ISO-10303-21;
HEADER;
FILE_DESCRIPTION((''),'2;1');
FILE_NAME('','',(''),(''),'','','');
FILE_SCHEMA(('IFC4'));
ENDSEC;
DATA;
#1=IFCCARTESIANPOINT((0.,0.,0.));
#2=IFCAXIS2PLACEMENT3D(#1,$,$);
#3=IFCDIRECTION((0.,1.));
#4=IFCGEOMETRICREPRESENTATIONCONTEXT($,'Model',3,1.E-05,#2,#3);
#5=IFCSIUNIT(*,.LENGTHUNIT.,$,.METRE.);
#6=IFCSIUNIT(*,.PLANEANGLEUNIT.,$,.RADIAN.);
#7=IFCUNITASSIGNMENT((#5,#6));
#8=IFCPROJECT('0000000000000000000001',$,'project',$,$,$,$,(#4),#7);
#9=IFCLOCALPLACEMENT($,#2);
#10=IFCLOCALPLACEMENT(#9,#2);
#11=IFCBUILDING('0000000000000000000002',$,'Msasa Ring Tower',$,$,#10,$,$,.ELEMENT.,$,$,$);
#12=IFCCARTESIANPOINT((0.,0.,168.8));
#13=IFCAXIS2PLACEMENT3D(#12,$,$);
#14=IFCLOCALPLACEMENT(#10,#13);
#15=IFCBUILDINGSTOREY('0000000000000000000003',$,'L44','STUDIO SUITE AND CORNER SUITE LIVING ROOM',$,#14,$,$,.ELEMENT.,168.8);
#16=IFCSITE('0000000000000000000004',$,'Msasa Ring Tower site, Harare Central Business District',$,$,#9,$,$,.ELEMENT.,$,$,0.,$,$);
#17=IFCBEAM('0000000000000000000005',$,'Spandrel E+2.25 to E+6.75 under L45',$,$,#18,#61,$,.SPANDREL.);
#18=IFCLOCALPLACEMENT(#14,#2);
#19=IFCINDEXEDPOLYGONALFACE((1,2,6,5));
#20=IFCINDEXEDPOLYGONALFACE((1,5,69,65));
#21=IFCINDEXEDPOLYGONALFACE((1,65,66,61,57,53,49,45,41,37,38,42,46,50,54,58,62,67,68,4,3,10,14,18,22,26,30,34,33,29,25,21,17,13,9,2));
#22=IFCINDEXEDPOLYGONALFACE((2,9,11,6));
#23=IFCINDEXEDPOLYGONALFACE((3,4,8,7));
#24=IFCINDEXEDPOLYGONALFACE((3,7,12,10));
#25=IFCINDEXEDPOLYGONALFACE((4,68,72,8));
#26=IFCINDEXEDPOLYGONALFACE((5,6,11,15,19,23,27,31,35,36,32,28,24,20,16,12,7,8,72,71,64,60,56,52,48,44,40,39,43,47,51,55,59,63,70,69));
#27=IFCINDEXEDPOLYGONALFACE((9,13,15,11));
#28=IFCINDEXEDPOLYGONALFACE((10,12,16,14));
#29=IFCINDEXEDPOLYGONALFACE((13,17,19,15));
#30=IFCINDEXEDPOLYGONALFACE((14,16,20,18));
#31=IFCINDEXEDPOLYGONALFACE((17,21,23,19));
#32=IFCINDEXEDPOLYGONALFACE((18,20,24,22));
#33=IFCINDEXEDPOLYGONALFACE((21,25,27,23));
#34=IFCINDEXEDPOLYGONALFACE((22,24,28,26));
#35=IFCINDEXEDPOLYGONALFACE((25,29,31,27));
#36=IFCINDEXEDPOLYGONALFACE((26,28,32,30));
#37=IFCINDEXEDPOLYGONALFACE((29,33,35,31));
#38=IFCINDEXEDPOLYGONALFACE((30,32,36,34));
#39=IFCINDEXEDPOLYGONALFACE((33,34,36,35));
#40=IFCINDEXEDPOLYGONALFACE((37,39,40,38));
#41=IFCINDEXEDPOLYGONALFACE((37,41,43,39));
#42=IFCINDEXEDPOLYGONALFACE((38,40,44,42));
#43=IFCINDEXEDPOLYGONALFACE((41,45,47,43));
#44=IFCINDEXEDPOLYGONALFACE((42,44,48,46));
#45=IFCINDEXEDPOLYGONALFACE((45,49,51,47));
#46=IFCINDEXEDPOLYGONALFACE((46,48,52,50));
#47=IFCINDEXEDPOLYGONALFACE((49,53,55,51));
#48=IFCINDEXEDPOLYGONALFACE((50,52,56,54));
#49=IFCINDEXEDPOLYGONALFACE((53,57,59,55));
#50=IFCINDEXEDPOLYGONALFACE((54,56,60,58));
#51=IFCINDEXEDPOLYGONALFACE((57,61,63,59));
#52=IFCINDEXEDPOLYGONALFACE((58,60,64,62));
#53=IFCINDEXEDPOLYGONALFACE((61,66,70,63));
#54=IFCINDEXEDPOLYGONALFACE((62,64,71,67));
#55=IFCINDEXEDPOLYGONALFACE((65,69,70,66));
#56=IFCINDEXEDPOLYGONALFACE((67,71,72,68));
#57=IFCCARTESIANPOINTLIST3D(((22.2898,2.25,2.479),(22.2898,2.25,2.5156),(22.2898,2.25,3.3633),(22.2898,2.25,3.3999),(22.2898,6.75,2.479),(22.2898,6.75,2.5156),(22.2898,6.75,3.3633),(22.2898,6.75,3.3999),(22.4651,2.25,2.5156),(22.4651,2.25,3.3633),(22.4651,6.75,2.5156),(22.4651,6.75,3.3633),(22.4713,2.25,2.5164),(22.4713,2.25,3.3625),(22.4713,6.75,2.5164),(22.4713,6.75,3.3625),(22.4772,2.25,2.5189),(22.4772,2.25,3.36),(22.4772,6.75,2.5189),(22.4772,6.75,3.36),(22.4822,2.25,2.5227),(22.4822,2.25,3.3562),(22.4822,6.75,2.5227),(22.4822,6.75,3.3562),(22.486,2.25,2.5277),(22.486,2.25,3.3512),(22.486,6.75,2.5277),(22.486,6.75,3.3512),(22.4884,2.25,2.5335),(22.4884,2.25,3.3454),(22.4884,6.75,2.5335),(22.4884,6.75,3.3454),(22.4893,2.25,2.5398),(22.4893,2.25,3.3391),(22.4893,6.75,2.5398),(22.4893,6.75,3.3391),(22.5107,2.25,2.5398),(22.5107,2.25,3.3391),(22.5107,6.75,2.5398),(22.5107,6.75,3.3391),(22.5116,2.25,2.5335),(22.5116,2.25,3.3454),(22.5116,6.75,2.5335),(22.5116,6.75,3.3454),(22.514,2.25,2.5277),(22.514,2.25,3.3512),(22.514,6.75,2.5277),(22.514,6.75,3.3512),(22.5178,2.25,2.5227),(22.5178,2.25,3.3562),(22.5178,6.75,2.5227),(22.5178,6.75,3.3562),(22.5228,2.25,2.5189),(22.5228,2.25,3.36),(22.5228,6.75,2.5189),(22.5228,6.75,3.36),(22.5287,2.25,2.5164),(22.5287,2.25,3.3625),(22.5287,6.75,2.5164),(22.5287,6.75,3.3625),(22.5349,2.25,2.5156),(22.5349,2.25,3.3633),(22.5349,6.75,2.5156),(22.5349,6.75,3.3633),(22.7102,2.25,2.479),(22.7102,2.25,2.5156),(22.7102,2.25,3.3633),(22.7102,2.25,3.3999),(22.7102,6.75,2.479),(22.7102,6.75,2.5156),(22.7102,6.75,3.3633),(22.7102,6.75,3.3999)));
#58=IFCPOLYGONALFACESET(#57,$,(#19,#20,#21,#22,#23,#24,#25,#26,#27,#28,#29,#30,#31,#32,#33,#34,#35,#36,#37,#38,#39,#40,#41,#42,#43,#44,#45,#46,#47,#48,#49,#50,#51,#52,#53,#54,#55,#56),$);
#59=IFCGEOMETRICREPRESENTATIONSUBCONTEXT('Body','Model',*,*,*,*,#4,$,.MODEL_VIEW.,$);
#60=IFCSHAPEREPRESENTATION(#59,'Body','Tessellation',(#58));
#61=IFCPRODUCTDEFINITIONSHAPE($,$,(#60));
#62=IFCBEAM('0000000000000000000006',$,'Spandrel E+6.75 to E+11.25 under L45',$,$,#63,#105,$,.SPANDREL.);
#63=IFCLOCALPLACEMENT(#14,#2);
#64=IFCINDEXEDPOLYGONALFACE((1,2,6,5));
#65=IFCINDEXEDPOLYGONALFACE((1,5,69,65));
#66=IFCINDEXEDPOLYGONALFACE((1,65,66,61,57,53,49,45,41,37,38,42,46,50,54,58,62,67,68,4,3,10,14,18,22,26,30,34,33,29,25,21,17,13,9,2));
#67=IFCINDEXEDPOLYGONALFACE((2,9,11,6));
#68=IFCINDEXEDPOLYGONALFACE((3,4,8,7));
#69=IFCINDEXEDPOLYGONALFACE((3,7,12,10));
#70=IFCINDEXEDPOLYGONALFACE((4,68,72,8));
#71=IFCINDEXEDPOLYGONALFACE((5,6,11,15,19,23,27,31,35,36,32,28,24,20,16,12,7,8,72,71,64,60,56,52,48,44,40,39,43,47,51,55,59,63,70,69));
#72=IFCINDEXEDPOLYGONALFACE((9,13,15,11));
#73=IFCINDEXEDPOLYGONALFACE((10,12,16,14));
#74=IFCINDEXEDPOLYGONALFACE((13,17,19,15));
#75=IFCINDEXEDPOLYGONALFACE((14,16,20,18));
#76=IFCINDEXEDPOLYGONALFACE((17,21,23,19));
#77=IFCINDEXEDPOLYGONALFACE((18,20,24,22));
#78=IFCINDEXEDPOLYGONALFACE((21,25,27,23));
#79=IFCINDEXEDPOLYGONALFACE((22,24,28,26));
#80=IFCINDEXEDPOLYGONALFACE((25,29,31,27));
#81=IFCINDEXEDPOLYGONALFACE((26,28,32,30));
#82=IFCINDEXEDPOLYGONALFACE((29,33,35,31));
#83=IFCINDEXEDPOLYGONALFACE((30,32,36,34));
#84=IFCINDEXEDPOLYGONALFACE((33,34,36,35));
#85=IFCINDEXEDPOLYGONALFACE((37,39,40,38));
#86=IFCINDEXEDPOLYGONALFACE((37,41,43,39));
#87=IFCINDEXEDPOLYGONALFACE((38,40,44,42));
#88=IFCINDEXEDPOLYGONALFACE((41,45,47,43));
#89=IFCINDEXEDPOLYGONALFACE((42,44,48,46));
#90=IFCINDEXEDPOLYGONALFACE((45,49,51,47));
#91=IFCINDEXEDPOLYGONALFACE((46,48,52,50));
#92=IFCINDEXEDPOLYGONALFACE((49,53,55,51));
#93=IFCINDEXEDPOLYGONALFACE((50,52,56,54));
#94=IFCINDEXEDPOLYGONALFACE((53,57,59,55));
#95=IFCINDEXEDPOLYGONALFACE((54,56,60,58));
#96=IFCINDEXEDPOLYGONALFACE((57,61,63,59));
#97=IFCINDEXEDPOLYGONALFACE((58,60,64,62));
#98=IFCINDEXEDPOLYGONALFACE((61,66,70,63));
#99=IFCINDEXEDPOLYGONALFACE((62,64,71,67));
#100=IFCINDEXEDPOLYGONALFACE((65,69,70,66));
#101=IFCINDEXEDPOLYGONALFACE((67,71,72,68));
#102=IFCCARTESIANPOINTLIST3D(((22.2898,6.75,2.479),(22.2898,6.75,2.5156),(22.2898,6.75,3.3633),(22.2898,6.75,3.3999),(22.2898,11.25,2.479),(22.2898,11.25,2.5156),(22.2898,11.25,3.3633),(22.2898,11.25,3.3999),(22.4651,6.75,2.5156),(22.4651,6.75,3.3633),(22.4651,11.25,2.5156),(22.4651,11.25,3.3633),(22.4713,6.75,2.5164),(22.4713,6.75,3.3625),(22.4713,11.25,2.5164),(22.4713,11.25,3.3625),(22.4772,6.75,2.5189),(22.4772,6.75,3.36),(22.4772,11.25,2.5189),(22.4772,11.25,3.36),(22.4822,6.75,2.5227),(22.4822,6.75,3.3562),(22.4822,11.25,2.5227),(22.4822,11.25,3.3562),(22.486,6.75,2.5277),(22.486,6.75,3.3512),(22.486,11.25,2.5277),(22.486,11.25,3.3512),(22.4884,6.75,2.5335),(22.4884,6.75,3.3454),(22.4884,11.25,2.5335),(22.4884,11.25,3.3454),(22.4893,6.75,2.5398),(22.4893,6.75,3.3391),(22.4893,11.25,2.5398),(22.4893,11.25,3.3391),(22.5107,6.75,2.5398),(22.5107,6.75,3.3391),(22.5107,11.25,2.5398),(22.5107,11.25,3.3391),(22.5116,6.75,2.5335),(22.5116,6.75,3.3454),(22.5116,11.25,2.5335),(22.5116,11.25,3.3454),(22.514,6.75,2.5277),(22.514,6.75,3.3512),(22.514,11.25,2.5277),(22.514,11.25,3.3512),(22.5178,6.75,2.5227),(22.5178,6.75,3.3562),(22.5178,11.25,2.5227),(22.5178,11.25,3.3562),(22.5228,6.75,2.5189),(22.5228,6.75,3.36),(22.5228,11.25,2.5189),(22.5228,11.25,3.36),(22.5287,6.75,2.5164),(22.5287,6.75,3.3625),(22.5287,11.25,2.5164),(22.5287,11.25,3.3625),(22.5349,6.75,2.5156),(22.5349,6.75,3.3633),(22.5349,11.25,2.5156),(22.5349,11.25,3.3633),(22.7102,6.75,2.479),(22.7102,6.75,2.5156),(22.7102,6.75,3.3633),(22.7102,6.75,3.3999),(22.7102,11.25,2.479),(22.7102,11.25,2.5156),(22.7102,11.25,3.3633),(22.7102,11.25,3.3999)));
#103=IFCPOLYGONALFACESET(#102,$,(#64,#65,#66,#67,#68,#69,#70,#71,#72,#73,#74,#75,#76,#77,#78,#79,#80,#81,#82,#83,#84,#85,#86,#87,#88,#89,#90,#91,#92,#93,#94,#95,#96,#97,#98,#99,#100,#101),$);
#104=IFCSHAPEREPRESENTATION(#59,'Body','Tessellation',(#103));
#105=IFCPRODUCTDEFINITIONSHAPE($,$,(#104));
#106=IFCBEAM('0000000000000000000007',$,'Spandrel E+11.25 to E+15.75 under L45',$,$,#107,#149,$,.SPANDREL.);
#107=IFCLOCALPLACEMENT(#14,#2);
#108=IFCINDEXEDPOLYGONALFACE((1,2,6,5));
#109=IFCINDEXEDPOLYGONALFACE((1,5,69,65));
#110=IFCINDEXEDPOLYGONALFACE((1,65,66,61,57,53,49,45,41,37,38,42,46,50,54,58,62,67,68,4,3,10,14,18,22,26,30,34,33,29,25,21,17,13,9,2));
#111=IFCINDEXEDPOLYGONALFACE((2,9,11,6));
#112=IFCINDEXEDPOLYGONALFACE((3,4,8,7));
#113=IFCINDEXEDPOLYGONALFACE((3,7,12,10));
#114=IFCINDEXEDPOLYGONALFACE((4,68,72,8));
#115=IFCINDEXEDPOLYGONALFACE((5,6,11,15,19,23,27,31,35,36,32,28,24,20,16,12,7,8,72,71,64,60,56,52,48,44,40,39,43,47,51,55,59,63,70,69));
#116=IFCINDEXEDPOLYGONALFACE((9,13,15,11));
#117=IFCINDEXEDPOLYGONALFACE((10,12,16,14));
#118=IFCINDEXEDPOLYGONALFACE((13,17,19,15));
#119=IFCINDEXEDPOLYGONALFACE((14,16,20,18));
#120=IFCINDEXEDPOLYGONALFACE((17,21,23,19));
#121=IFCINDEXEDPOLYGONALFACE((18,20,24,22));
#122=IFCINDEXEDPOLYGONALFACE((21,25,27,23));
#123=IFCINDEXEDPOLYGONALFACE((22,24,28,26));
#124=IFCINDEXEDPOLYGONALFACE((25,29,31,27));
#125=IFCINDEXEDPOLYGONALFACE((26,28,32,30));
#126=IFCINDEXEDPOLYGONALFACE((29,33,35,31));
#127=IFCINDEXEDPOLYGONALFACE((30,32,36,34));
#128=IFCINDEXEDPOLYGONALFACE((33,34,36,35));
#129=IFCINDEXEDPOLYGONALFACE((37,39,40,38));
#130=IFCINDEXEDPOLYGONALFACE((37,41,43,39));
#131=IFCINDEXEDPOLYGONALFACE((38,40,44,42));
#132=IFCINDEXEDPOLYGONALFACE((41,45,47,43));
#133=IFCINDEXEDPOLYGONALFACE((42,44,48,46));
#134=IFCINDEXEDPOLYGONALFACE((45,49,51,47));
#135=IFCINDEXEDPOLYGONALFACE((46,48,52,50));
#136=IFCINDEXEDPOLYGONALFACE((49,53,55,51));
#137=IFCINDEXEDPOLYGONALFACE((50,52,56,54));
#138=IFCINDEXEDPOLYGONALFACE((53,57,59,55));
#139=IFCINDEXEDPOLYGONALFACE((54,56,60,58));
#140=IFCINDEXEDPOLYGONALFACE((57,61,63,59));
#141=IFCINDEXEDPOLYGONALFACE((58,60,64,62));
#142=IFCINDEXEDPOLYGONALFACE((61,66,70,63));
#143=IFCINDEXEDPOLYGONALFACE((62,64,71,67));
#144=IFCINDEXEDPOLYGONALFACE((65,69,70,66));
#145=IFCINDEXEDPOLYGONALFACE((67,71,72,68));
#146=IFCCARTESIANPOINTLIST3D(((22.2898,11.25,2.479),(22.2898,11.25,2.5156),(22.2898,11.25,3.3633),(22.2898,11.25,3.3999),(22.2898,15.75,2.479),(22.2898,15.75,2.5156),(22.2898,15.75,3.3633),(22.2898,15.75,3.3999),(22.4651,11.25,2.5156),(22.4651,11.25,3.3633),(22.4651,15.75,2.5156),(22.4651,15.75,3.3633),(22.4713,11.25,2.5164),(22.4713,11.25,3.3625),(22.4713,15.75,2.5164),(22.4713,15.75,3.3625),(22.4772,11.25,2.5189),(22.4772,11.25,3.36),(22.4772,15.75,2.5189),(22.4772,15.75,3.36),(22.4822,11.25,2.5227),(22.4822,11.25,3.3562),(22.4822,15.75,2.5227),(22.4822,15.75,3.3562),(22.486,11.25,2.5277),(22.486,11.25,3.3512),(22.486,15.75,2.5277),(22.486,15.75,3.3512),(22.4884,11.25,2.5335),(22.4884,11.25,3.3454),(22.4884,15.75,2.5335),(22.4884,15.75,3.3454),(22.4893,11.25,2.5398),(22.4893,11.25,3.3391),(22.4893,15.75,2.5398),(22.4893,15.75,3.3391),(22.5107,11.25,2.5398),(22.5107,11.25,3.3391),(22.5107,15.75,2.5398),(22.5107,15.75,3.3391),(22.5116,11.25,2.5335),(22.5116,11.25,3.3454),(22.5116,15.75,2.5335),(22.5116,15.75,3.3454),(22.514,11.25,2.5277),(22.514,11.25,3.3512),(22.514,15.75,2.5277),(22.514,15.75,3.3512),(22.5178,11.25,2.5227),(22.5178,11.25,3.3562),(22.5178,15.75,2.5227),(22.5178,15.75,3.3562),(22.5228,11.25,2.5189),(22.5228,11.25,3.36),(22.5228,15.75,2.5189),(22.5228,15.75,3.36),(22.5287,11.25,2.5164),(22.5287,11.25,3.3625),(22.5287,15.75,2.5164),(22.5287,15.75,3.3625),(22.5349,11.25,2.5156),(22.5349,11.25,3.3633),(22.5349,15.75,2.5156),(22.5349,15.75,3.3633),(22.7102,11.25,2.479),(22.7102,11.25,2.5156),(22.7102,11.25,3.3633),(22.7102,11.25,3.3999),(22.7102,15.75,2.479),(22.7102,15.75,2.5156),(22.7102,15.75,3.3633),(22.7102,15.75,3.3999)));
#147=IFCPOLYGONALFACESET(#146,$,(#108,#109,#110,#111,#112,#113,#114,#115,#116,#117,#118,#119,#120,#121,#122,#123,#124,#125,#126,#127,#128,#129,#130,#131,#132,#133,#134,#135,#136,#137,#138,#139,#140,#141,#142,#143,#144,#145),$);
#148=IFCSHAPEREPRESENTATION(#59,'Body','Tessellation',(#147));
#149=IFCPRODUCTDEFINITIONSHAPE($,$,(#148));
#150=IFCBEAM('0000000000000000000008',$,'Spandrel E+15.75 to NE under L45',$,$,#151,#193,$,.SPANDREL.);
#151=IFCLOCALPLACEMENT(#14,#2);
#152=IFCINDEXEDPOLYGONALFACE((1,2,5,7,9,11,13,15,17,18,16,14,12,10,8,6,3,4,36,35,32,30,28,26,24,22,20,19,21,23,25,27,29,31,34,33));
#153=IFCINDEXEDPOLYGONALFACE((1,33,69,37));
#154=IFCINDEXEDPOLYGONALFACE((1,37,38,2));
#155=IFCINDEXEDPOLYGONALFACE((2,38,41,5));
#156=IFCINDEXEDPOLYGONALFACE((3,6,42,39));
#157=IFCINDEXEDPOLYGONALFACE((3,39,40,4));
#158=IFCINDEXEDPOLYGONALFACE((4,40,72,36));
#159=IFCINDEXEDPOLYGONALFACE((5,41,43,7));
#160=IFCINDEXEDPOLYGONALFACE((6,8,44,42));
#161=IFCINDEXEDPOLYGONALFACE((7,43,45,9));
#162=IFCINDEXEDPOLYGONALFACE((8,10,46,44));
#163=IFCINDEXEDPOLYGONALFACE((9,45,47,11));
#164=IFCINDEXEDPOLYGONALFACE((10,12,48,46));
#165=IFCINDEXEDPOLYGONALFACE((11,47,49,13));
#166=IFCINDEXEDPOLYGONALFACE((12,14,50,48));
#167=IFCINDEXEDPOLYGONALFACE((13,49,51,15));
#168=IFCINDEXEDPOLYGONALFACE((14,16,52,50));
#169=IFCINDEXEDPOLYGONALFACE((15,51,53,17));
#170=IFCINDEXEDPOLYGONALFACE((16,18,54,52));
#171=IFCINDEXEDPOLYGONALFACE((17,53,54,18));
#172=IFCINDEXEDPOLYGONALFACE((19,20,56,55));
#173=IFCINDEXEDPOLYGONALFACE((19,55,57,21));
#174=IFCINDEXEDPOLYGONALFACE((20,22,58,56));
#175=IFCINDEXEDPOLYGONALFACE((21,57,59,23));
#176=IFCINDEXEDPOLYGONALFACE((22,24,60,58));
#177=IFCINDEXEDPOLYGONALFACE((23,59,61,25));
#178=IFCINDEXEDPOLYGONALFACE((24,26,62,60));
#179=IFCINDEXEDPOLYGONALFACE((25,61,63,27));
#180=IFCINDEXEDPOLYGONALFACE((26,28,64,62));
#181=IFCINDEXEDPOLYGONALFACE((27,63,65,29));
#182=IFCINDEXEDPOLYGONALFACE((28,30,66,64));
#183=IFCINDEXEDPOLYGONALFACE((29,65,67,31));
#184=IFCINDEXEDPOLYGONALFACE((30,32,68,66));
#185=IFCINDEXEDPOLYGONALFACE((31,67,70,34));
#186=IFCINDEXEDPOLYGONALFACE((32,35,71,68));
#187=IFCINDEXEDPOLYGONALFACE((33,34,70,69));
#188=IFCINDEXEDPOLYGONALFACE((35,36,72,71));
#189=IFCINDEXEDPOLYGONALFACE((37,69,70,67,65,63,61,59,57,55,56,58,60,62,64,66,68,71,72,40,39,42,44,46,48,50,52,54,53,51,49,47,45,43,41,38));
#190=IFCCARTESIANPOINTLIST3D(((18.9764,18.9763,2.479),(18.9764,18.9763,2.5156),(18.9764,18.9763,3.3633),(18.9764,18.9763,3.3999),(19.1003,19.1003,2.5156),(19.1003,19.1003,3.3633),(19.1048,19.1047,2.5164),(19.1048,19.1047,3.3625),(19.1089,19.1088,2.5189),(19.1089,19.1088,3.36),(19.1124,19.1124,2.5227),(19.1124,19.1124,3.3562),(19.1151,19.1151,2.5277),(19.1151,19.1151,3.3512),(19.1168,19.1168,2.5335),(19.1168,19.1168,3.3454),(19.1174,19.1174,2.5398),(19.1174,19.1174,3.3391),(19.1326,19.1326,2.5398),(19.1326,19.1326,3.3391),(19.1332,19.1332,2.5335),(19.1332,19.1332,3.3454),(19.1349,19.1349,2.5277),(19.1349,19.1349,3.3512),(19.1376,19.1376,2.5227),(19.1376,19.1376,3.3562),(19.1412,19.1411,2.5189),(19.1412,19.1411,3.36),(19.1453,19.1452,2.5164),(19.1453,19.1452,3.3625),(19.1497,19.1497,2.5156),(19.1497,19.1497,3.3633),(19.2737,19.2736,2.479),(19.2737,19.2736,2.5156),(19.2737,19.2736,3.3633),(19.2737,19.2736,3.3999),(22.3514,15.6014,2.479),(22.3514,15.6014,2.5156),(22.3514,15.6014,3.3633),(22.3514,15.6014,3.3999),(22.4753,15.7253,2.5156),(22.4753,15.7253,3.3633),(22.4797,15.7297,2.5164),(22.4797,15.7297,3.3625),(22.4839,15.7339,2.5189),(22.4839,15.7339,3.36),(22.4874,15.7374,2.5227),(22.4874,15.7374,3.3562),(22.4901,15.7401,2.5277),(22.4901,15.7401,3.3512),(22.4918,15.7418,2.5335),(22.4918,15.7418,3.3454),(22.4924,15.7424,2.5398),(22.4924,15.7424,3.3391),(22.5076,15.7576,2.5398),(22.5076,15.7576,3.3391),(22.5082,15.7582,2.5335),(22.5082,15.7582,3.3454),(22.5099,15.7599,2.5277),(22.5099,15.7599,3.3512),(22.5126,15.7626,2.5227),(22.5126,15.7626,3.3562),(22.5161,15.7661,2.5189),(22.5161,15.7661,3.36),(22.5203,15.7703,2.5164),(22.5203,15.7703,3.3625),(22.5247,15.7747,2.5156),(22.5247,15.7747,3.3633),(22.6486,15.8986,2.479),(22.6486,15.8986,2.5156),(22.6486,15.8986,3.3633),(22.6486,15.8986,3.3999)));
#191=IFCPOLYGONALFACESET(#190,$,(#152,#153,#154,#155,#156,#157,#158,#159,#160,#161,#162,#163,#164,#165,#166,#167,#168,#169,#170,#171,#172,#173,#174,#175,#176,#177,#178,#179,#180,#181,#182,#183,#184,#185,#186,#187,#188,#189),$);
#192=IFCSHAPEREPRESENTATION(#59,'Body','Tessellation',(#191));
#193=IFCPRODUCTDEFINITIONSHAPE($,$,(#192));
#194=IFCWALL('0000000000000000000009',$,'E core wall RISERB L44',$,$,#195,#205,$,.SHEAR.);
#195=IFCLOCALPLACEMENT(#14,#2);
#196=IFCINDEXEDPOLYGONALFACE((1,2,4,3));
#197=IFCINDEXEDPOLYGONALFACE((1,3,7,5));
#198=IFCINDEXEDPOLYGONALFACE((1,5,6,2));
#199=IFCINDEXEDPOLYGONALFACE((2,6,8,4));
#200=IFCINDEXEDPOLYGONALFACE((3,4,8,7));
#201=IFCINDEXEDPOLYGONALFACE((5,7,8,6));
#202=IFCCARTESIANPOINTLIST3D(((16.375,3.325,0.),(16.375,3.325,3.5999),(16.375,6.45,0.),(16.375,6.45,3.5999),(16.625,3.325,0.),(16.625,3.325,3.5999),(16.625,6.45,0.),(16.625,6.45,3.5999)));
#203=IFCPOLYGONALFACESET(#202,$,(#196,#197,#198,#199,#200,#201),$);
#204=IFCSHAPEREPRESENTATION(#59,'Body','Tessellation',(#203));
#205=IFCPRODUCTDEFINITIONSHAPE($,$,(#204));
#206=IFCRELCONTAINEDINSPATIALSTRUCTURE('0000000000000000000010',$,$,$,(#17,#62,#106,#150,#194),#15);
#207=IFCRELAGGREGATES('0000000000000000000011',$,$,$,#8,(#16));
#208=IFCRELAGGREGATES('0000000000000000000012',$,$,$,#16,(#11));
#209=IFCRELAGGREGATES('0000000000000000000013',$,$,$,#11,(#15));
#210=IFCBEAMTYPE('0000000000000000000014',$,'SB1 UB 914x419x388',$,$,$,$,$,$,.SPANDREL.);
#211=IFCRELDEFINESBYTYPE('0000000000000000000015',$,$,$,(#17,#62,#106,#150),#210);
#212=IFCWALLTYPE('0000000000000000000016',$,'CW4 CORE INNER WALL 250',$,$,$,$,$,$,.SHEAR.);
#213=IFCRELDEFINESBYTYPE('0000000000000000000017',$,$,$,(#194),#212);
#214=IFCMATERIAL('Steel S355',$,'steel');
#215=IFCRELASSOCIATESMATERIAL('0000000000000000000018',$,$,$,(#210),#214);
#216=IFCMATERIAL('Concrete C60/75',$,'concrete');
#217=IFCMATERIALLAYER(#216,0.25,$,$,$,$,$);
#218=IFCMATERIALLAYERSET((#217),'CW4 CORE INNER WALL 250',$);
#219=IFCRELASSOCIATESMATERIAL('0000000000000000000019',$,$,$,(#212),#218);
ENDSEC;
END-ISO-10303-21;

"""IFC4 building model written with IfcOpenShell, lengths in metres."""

from ifc_helpers import new_model, si_unit, direction, frame, frame_2d, origin, origin_2d, place, context, subcontext, project, spatial, rectangle, i_section, extrude, material, layer, layer_set, material_profile, profile_set, type_object, element, save


model = new_model("IFC4")

# Units and contexts
model_context = context("Model", 3, precision=1e-05, world=origin(), true_north=direction((0.0, 1.0)))
body_context = subcontext(model_context, "Body", "Model", "MODEL_VIEW")
ifc_project = project(units=[si_unit("LENGTHUNIT", "METRE"), si_unit("PLANEANGLEUNIT", "RADIAN")], contexts=[model_context])

# Site, building, storey
site_placement = place(None, origin())
site = spatial("IfcSite", under=ifc_project, at=site_placement, Name="Msasa Ring Tower site, Harare Central Business District", CompositionType="ELEMENT", RefElevation=0.0)
building_placement = place(site_placement, origin())
building = spatial("IfcBuilding", under=site, at=building_placement, Name="Msasa Ring Tower", CompositionType="ELEMENT")
storey_placement = place(building_placement, frame((0.0, 0.0, 168.8)))
storey = spatial("IfcBuildingStorey", under=building, at=storey_placement, Name="L44", Description="STUDIO SUITE AND CORNER SUITE LIVING ROOM", CompositionType="ELEMENT", Elevation=168.8)

# Beams
ifc_material_1 = material(Name="Steel S355", Category="steel")
ifc_material_profile_1 = material_profile(ifc_material_1, i_section(OverallWidth=0.4204, OverallDepth=0.9209, WebThickness=0.0215, FlangeThickness=0.0366, FilletRadius=0.0242, at=origin_2d()), Name="UB 914x419x388")
ifc_profile_set_1 = profile_set([ifc_material_profile_1], Name="Steel S355")
beam_type_1 = type_object("IfcBeamType", Name="SB1 UB 914x419x388", PredefinedType="SPANDREL", material=ifc_profile_set_1)
for number, where, z_axis, x_axis, name in (
    (1, (22.5, 2.25, 2.9395), (0.0, 1.0, 0.0), (-1.0, 0.0, 0.0), "Spandrel E+2.25 to E+6.75 under L45"),
    (2, (22.5, 6.75, 2.9395), (0.0, 1.0, 0.0), (-1.0, 0.0, 0.0), "Spandrel E+6.75 to E+11.25 under L45"),
    (3, (22.5, 11.25, 2.9395), (0.0, 1.0, 0.0), (-1.0, 0.0, 0.0), "Spandrel E+11.25 to E+15.75 under L45"),
):
    element("IfcBeam", number, at=place(storey_placement, frame(where, z_axis=z_axis, x_axis=x_axis)), inside=storey, type_object=beam_type_1, Name=name, PredefinedType="SPANDREL", context=body_context, shape_type="SweptSolid", body=[
        extrude(i_section(OverallWidth=0.4204, OverallDepth=0.9209, WebThickness=0.0215, FlangeThickness=0.0366, FilletRadius=0.0242, at=origin_2d()), origin(), (0.0, 0.0, 1.0), 4.5),
    ])
beam_1_placement = place(storey_placement, frame((22.5, 15.75, 2.9395), z_axis=(-0.707107, 0.707107, 0.0), x_axis=(-0.707107, -0.707107, 0.0)))
element("IfcBeam", 4, at=beam_1_placement, inside=storey, type_object=beam_type_1, Name="Spandrel E+15.75 to NE under L45", PredefinedType="SPANDREL", context=body_context, shape_type="SweptSolid", body=[
    extrude(i_section(OverallWidth=0.4204, OverallDepth=0.9209, WebThickness=0.0215, FlangeThickness=0.0366, FilletRadius=0.0242, at=origin_2d()), origin(), (0.0, 0.0, 1.0), 4.7729),
])

# Wall
ifc_material_2 = material(Name="Concrete C60/75", Category="concrete")
ifc_layer_1 = layer(ifc_material_2, 0.25)
ifc_layer_set_1 = layer_set([ifc_layer_1], Name="CW4 CORE INNER WALL 250")
wall_type_1 = type_object("IfcWallType", Name="CW4 CORE INNER WALL 250", PredefinedType="SHEAR", material=ifc_layer_set_1)
wall_1_placement = place(storey_placement, frame((16.5, 3.325, 0.0), z_axis=(0.0, 0.0, 1.0), x_axis=(0.0, 1.0, 0.0)))
element("IfcWall", 5, at=wall_1_placement, inside=storey, type_object=wall_type_1, Name="E core wall RISERB L44", PredefinedType="SHEAR", context=body_context, shape_type="SweptSolid", body=[
    extrude(rectangle(XDim=3.125, YDim=0.25, at=frame_2d((1.5625, 0.0))), origin(), (0.0, 0.0, 1.0), 3.5999),
])

save(model, "model.ifc")
